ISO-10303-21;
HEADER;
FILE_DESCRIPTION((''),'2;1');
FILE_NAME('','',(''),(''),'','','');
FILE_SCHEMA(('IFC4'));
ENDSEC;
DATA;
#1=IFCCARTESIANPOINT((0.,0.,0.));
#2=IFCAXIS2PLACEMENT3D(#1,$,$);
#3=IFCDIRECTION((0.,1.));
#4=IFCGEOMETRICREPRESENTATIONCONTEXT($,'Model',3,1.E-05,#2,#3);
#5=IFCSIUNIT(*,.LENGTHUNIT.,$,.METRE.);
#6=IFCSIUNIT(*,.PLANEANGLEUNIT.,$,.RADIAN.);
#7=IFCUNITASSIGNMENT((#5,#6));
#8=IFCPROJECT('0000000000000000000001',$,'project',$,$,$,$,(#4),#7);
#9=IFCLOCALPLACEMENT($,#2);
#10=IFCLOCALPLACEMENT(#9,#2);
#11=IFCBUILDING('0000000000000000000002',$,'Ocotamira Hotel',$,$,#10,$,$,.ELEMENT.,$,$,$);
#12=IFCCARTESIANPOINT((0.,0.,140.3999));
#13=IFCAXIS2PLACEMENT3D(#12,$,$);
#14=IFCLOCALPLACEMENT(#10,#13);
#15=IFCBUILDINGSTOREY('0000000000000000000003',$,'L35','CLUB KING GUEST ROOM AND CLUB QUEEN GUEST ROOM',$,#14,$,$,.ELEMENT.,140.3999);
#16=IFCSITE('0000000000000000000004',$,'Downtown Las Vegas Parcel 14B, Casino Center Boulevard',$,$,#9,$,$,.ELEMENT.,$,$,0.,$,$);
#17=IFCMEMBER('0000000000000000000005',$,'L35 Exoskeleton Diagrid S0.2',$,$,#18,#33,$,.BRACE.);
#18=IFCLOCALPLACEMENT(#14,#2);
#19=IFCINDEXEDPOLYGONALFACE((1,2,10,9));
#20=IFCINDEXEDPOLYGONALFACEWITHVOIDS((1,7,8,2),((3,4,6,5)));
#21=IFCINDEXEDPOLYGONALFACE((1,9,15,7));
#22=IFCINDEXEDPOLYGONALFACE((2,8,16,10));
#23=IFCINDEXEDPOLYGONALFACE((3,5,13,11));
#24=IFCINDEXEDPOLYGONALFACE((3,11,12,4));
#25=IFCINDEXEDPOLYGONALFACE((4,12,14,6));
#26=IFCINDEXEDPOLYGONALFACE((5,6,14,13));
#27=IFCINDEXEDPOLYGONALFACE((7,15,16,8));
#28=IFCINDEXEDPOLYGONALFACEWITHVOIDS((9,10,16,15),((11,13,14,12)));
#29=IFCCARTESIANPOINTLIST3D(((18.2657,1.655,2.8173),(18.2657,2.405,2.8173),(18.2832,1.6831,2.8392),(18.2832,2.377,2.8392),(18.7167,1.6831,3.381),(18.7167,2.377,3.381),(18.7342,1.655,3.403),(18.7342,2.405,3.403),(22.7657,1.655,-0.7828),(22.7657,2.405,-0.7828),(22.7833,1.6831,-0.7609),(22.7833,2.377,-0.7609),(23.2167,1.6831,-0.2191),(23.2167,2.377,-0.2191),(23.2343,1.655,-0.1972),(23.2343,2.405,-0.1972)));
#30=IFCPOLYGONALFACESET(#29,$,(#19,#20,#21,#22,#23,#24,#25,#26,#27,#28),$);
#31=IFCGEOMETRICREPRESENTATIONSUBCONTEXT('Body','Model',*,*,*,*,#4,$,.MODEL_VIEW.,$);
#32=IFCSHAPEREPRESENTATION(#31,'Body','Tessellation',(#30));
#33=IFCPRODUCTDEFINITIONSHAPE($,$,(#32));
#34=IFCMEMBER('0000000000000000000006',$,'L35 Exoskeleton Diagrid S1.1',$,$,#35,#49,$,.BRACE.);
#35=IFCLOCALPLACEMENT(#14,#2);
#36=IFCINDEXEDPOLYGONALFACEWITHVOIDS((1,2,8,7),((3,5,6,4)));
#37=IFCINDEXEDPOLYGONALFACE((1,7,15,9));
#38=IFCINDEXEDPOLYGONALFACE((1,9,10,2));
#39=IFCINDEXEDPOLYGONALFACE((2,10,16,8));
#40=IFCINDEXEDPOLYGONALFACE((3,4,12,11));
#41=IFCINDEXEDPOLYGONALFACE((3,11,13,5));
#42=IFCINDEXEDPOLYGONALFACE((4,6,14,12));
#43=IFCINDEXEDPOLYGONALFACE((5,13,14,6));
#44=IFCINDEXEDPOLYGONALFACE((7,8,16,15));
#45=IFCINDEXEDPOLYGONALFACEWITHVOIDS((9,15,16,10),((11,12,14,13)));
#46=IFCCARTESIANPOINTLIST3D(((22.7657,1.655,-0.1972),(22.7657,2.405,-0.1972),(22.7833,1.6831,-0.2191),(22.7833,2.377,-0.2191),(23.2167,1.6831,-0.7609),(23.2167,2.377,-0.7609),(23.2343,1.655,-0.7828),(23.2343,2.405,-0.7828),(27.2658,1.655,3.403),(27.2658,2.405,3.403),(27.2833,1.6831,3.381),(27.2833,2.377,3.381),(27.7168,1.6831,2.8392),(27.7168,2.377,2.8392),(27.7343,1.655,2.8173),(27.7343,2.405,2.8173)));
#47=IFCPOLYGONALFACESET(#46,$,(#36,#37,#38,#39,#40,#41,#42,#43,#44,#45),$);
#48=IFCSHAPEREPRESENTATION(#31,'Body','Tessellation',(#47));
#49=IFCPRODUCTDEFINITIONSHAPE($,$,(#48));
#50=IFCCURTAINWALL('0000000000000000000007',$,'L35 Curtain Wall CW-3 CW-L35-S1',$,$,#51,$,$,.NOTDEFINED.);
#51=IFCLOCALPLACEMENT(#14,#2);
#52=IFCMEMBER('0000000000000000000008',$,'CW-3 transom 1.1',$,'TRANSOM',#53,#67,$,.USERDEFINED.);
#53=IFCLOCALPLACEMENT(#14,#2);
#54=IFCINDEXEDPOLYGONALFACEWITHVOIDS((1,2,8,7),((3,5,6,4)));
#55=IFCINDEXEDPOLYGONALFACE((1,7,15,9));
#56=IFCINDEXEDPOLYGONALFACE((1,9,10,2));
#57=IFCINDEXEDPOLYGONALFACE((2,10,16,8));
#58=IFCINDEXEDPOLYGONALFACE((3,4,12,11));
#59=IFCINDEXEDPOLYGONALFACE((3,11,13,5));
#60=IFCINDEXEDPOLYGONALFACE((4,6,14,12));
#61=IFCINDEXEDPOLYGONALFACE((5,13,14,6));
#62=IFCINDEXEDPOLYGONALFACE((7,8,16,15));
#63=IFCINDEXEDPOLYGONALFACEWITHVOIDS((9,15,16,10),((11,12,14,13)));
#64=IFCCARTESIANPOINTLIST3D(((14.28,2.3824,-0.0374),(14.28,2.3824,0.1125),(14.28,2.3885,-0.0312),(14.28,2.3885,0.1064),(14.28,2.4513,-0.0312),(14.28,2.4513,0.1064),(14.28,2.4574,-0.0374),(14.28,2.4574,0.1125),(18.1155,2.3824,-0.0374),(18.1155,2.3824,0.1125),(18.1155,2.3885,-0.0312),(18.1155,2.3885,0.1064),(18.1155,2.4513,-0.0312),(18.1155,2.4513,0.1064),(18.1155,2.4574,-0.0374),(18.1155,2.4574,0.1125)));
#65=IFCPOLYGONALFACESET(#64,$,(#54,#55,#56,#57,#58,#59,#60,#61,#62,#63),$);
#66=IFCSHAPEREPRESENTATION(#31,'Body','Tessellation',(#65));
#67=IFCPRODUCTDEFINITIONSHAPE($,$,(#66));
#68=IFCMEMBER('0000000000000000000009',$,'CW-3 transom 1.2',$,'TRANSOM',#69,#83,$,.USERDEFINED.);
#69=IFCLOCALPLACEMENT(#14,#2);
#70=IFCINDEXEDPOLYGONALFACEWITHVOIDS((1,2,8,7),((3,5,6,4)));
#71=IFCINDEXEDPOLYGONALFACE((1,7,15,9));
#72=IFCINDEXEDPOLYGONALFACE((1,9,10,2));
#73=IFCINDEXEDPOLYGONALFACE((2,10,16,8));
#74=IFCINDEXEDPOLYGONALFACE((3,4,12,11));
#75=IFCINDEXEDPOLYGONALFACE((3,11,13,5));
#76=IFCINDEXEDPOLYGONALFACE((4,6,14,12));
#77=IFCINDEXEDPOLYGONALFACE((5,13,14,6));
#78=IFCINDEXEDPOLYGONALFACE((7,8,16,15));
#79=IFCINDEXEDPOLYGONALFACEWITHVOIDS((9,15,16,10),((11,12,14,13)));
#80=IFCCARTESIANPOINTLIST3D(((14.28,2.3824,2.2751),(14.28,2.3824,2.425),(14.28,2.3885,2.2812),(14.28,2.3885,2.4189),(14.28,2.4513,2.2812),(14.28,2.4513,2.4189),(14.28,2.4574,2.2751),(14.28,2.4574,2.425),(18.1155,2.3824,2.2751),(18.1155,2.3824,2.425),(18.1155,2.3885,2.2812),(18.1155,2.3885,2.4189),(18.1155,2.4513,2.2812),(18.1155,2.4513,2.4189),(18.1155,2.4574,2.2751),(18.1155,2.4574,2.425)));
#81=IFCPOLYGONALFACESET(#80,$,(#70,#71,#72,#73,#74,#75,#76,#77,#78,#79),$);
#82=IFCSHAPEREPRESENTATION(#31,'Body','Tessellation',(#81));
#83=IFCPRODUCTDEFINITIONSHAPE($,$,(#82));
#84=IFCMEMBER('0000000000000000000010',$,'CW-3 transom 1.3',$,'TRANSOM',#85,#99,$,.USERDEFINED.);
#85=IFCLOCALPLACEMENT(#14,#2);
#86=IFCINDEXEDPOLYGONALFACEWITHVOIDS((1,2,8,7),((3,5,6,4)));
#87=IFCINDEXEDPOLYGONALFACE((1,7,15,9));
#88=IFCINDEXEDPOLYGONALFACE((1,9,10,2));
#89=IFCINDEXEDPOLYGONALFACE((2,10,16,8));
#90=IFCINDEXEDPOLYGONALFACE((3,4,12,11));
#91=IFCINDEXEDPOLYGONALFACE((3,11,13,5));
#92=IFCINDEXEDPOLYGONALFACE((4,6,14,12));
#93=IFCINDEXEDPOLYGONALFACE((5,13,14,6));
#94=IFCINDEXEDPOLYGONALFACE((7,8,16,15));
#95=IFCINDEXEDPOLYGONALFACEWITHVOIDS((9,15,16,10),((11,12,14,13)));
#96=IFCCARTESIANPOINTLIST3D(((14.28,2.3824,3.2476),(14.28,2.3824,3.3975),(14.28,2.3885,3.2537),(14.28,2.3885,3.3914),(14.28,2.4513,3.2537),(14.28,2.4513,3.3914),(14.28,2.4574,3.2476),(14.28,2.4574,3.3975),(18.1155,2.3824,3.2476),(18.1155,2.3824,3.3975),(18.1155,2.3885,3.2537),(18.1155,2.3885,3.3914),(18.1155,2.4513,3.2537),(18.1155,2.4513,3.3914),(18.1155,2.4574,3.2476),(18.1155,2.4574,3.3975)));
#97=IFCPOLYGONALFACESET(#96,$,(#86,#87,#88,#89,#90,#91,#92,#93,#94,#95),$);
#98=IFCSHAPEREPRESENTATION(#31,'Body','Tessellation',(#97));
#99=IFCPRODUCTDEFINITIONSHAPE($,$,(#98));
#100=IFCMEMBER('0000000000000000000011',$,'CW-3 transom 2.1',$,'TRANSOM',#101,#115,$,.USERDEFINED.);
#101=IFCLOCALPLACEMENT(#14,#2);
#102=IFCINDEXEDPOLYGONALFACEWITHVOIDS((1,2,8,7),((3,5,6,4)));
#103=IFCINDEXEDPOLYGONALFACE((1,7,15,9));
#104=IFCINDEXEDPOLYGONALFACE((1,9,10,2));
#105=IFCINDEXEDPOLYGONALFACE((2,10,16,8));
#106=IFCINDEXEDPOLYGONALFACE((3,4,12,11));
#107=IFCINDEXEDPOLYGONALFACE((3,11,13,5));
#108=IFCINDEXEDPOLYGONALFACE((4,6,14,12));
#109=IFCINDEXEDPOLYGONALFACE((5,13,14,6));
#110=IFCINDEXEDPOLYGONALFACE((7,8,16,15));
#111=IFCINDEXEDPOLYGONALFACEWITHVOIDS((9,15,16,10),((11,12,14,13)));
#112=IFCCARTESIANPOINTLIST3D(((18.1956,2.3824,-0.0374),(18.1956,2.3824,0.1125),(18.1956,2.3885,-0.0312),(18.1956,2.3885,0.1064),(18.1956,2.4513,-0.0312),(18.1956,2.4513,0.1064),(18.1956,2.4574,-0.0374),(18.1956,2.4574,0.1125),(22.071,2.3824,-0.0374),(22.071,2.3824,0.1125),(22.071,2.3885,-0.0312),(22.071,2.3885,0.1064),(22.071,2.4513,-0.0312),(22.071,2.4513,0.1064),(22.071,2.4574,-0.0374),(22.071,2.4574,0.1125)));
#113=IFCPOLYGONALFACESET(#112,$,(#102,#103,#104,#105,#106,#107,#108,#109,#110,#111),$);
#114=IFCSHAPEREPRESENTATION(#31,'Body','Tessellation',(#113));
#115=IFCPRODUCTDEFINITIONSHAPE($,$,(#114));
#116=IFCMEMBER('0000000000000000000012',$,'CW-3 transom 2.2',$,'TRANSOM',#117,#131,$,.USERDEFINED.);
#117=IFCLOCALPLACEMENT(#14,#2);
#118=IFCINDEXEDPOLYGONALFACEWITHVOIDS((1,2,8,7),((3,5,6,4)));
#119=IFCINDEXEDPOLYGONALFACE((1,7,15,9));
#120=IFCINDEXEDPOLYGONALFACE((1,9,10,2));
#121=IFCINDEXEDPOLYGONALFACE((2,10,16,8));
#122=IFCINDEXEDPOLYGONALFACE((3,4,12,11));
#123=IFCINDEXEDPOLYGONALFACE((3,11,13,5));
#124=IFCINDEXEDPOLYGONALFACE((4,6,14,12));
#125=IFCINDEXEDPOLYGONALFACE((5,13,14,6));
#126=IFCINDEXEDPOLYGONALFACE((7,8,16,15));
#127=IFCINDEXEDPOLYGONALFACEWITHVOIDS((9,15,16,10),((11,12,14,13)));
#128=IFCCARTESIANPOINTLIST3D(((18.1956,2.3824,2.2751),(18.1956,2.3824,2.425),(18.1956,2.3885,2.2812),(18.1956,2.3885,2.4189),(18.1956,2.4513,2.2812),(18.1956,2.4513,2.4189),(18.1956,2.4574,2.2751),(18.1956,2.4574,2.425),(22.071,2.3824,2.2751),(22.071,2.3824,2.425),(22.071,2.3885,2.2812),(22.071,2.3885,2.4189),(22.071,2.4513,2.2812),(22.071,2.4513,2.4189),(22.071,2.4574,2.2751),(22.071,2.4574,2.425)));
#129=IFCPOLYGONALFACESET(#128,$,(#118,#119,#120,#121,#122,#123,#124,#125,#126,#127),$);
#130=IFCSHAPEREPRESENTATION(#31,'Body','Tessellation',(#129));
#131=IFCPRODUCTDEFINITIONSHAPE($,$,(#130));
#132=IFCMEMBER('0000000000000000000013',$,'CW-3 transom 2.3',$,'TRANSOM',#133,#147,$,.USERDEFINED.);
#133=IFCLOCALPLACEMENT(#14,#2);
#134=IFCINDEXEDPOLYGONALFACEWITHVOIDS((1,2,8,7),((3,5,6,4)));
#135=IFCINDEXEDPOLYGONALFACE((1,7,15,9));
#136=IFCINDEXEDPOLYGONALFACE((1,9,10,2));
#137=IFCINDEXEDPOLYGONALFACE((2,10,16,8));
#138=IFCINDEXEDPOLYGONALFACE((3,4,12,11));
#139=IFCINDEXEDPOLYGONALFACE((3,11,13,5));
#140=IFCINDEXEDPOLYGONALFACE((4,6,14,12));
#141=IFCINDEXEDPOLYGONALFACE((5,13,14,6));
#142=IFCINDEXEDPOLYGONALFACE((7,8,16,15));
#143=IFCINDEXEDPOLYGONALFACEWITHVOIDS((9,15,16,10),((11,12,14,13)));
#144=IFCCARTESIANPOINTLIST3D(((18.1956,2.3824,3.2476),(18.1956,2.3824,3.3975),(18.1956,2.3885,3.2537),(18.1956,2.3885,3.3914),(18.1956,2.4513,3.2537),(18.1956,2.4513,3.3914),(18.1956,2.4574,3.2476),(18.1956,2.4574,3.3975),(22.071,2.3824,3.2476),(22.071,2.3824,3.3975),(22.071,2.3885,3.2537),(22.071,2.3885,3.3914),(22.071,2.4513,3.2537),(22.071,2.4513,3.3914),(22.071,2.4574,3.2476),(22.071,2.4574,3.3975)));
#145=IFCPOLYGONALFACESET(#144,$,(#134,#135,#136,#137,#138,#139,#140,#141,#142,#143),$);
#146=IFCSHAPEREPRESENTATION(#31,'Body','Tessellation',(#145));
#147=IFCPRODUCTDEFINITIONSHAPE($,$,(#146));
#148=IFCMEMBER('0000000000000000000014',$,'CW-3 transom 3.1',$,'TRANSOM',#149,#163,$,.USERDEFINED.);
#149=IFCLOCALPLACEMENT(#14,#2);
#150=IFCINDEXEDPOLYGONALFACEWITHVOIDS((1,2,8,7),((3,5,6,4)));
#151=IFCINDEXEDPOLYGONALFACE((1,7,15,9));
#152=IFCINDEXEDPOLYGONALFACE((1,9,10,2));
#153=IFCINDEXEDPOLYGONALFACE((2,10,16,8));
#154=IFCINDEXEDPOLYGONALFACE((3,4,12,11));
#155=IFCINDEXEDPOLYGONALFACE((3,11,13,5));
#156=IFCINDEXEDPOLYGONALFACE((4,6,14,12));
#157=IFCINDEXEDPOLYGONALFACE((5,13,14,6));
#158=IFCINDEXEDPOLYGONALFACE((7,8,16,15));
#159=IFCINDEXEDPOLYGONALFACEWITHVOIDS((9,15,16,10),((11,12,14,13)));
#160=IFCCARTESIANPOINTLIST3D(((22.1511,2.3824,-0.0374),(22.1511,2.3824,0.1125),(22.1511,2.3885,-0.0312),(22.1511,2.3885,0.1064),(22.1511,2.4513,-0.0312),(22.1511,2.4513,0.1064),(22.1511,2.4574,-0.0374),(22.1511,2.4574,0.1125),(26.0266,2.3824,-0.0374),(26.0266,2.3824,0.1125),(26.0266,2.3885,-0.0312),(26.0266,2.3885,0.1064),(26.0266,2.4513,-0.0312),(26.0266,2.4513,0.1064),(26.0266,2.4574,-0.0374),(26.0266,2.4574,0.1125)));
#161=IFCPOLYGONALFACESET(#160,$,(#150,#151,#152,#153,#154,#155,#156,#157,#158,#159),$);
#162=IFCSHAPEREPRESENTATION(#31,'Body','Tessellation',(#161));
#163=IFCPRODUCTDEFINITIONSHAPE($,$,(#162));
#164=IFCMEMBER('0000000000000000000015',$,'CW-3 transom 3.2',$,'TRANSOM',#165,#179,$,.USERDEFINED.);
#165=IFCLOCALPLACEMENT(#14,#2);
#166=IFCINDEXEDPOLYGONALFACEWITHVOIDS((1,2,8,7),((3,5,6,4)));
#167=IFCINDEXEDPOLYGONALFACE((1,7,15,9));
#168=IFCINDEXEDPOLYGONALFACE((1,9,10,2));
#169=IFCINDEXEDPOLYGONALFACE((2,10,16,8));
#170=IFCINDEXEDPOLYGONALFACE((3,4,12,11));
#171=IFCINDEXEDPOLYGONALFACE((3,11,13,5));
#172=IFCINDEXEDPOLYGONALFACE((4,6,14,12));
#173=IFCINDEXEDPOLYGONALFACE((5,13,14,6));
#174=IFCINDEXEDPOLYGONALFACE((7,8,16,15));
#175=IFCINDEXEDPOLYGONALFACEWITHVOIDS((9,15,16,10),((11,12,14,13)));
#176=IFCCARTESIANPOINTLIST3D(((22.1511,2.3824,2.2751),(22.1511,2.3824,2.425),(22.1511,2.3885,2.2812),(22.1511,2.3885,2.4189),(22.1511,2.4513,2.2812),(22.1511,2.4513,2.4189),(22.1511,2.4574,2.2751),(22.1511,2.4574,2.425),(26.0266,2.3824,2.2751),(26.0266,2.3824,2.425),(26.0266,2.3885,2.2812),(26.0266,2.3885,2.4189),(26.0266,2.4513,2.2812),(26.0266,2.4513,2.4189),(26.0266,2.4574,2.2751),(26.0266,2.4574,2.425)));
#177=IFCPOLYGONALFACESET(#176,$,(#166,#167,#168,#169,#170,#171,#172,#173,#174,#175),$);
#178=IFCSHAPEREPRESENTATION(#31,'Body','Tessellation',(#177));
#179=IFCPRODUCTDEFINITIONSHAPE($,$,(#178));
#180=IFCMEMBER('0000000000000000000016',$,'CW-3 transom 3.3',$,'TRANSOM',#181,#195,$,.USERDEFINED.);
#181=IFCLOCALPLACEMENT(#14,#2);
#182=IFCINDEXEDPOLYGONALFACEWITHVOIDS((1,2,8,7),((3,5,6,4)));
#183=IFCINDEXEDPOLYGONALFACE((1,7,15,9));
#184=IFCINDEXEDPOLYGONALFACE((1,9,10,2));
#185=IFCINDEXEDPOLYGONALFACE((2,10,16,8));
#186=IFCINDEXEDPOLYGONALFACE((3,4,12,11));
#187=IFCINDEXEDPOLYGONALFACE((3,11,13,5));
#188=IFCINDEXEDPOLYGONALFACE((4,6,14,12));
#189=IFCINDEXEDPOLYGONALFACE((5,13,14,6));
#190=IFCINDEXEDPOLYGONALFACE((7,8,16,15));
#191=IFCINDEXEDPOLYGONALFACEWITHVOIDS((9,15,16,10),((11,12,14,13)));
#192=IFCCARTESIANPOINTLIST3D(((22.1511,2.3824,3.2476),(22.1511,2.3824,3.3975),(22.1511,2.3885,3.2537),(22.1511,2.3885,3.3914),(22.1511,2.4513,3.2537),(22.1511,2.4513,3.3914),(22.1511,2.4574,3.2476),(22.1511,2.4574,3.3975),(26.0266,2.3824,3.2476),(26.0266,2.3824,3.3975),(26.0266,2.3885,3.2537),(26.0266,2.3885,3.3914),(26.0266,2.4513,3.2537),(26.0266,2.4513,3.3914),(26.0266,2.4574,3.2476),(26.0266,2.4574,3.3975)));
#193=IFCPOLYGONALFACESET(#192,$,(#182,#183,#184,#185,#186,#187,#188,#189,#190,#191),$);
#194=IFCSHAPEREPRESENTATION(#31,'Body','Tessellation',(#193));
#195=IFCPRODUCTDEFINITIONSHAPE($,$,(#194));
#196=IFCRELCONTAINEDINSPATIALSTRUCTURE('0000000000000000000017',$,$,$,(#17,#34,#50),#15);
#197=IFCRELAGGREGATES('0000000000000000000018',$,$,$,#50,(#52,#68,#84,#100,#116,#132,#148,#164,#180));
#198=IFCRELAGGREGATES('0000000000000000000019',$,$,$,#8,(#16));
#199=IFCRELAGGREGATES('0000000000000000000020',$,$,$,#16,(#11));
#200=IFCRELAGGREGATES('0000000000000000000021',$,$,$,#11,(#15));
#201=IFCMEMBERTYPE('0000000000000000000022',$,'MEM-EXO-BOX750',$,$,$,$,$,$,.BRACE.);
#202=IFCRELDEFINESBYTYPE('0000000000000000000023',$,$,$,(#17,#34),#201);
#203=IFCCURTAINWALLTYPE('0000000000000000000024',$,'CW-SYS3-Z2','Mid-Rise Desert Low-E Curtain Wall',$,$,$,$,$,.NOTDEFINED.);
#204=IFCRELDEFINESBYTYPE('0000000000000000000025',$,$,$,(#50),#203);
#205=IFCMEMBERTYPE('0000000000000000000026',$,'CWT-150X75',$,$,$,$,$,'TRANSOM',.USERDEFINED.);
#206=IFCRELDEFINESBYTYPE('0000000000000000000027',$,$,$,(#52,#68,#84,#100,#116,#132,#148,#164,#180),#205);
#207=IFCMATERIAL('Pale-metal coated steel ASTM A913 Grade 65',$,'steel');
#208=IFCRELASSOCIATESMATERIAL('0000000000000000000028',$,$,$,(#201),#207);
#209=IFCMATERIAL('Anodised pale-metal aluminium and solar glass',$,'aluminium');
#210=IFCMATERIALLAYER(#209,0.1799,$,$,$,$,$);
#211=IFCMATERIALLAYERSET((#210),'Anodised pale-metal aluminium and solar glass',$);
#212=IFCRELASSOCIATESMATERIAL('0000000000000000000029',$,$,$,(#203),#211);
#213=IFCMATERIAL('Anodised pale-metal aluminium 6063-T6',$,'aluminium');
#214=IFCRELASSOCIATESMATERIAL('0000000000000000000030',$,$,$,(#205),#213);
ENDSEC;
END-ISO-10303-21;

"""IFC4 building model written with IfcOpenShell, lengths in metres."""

from ifc_helpers import new_model, si_unit, direction, frame, origin, origin_2d, place, context, subcontext, project, spatial, hollow_rectangle, extrude, source, transform, mapped, material, layer, layer_set, material_profile, profile_set, type_object, element, aggregate, save


model = new_model("IFC4")

# Units and contexts
model_context = context("Model", 3, precision=1e-05, world=origin(), true_north=direction((0.0, 1.0)))
body_context = subcontext(model_context, "Body", "Model", "MODEL_VIEW")
ifc_project = project(units=[si_unit("LENGTHUNIT", "METRE"), si_unit("PLANEANGLEUNIT", "RADIAN")], contexts=[model_context])

# Site, building, storey
site_placement = place(None, origin())
site = spatial("IfcSite", under=ifc_project, at=site_placement, Name="Downtown Las Vegas Parcel 14B, Casino Center Boulevard", CompositionType="ELEMENT", RefElevation=0.0)
building_placement = place(site_placement, origin())
building = spatial("IfcBuilding", under=site, at=building_placement, Name="Ocotamira Hotel", CompositionType="ELEMENT")
storey_placement = place(building_placement, frame((0.0, 0.0, 140.3999)))
storey = spatial("IfcBuildingStorey", under=building, at=storey_placement, Name="L35", Description="CLUB KING GUEST ROOM AND CLUB QUEEN GUEST ROOM", CompositionType="ELEMENT", Elevation=140.3999)

# Members
ifc_material_1 = material(Name="Pale-metal coated steel ASTM A913 Grade 65", Category="steel")
ifc_material_profile_1 = material_profile(ifc_material_1, hollow_rectangle(XDim=0.75, YDim=0.75, WallThickness=0.0281, at=origin_2d()), Name="BOX750X750X28")
ifc_profile_set_1 = profile_set([ifc_material_profile_1], Name="Pale-metal coated steel ASTM A913 Grade 65")
member_type_1 = type_object("IfcMemberType", Name="MEM-EXO-BOX750", PredefinedType="BRACE", material=ifc_profile_set_1)
shared_shape_1 = source(origin(), body_context, "Body", "SweptSolid", [
    extrude(hollow_rectangle(XDim=0.75, YDim=0.75, WallThickness=0.0281, at=origin_2d()), origin(), (0.0, 0.0, 1.0), 5.7629),
])
for number, where, z_axis, x_axis, name in (
    (1, (23.0, 2.03, -0.49), (-0.780861, 0.0, 0.624705), (0.0, -1.0, 0.0), "L35 Exoskeleton Diagrid S0.2"),
    (2, (23.0, 2.03, -0.49), (0.780861, 0.0, 0.624705), (0.0, 1.0, 0.0), "L35 Exoskeleton Diagrid S1.1"),
):
    element("IfcMember", number, at=place(storey_placement, frame(where, z_axis=z_axis, x_axis=x_axis)), inside=storey, type_object=member_type_1, Name=name, PredefinedType="BRACE", context=body_context, shape_type="MappedRepresentation", body=[
        mapped(shared_shape_1, transform((0.0, 0.0, 0.0), scale=1.0)),
    ])

# Curtain wall, members
ifc_material_2 = material(Name="Anodised pale-metal aluminium and solar glass", Category="aluminium")
ifc_layer_1 = layer(ifc_material_2, 0.1799)
ifc_layer_set_1 = layer_set([ifc_layer_1], Name="Anodised pale-metal aluminium and solar glass")
curtain_wall_type = type_object("IfcCurtainWallType", Name="CW-SYS3-Z2", Description="Mid-Rise Desert Low-E Curtain Wall", PredefinedType="NOTDEFINED", material=ifc_layer_set_1)
curtain_wall_placement = place(storey_placement, origin())
curtain_wall = element("IfcCurtainWall", 3, at=curtain_wall_placement, inside=storey, type_object=curtain_wall_type, Name="L35 Curtain Wall CW-3 CW-L35-S1", PredefinedType="NOTDEFINED")
ifc_material_3 = material(Name="Anodised pale-metal aluminium 6063-T6", Category="aluminium")
ifc_material_profile_2 = material_profile(ifc_material_3, hollow_rectangle(XDim=0.075, YDim=0.1499, WallThickness=0.0061, at=origin_2d()), Name="HSS150X75X6")
ifc_profile_set_2 = profile_set([ifc_material_profile_2], Name="Anodised pale-metal aluminium 6063-T6")
member_type_2 = type_object("IfcMemberType", Name="CWT-150X75", ElementType="TRANSOM", PredefinedType="USERDEFINED", material=ifc_profile_set_2)
shared_shape_2 = source(origin(), body_context, "Body", "SweptSolid", [
    extrude(hollow_rectangle(XDim=0.075, YDim=0.1499, WallThickness=0.0061, at=origin_2d()), origin(), (0.0, 0.0, 1.0), 3.8354),
])
member_1_placement = place(storey_placement, frame((14.28, 2.4199, 0.0376), z_axis=(1.0, 0.0, 0.0), x_axis=(0.0, 1.0, 0.0)))
member_1 = element("IfcMember", 4, at=member_1_placement, type_object=member_type_2, Name="CW-3 transom 1.1", ObjectType="TRANSOM", PredefinedType="USERDEFINED", context=body_context, shape_type="MappedRepresentation", body=[
    mapped(shared_shape_2, transform((0.0, 0.0, 0.0), scale=1.0)),
])
member_2_placement = place(storey_placement, frame((14.28, 2.4199, 2.3501), z_axis=(1.0, 0.0, 0.0), x_axis=(0.0, 1.0, 0.0)))
member_2 = element("IfcMember", 5, at=member_2_placement, type_object=member_type_2, Name="CW-3 transom 1.2", ObjectType="TRANSOM", PredefinedType="USERDEFINED", context=body_context, shape_type="MappedRepresentation", body=[
    mapped(shared_shape_2, transform((0.0, 0.0, 0.0), scale=1.0)),
])
member_3_placement = place(storey_placement, frame((14.28, 2.4199, 3.3225), z_axis=(1.0, 0.0, 0.0), x_axis=(0.0, 1.0, 0.0)))
member_3 = element("IfcMember", 6, at=member_3_placement, type_object=member_type_2, Name="CW-3 transom 1.3", ObjectType="TRANSOM", PredefinedType="USERDEFINED", context=body_context, shape_type="MappedRepresentation", body=[
    mapped(shared_shape_2, transform((0.0, 0.0, 0.0), scale=1.0)),
])
shared_shape_3 = source(origin(), body_context, "Body", "SweptSolid", [
    extrude(hollow_rectangle(XDim=0.075, YDim=0.1499, WallThickness=0.0061, at=origin_2d()), origin(), (0.0, 0.0, 1.0), 3.8755),
])
member_4_placement = place(storey_placement, frame((18.1956, 2.4199, 0.0376), z_axis=(1.0, 0.0, 0.0), x_axis=(0.0, 1.0, 0.0)))
member_4 = element("IfcMember", 7, at=member_4_placement, type_object=member_type_2, Name="CW-3 transom 2.1", ObjectType="TRANSOM", PredefinedType="USERDEFINED", context=body_context, shape_type="MappedRepresentation", body=[
    mapped(shared_shape_3, transform((0.0, 0.0, 0.0), scale=1.0)),
])
member_5_placement = place(storey_placement, frame((18.1956, 2.4199, 2.3501), z_axis=(1.0, 0.0, 0.0), x_axis=(0.0, 1.0, 0.0)))
member_5 = element("IfcMember", 8, at=member_5_placement, type_object=member_type_2, Name="CW-3 transom 2.2", ObjectType="TRANSOM", PredefinedType="USERDEFINED", context=body_context, shape_type="MappedRepresentation", body=[
    mapped(shared_shape_3, transform((0.0, 0.0, 0.0), scale=1.0)),
])
member_6_placement = place(storey_placement, frame((18.1956, 2.4199, 3.3225), z_axis=(1.0, 0.0, 0.0), x_axis=(0.0, 1.0, 0.0)))
member_6 = element("IfcMember", 9, at=member_6_placement, type_object=member_type_2, Name="CW-3 transom 2.3", ObjectType="TRANSOM", PredefinedType="USERDEFINED", context=body_context, shape_type="MappedRepresentation", body=[
    mapped(shared_shape_3, transform((0.0, 0.0, 0.0), scale=1.0)),
])
member_7_placement = place(storey_placement, frame((22.1511, 2.4199, 0.0376), z_axis=(1.0, 0.0, 0.0), x_axis=(0.0, 1.0, 0.0)))
member_7 = element("IfcMember", 10, at=member_7_placement, type_object=member_type_2, Name="CW-3 transom 3.1", ObjectType="TRANSOM", PredefinedType="USERDEFINED", context=body_context, shape_type="MappedRepresentation", body=[
    mapped(shared_shape_3, transform((0.0, 0.0, 0.0), scale=1.0)),
])
member_8_placement = place(storey_placement, frame((22.1511, 2.4199, 2.3501), z_axis=(1.0, 0.0, 0.0), x_axis=(0.0, 1.0, 0.0)))
member_8 = element("IfcMember", 11, at=member_8_placement, type_object=member_type_2, Name="CW-3 transom 3.2", ObjectType="TRANSOM", PredefinedType="USERDEFINED", context=body_context, shape_type="MappedRepresentation", body=[
    mapped(shared_shape_3, transform((0.0, 0.0, 0.0), scale=1.0)),
])
member_9_placement = place(storey_placement, frame((22.1511, 2.4199, 3.3225), z_axis=(1.0, 0.0, 0.0), x_axis=(0.0, 1.0, 0.0)))
member_9 = element("IfcMember", 12, at=member_9_placement, type_object=member_type_2, Name="CW-3 transom 3.3", ObjectType="TRANSOM", PredefinedType="USERDEFINED", context=body_context, shape_type="MappedRepresentation", body=[
    mapped(shared_shape_3, transform((0.0, 0.0, 0.0), scale=1.0)),
])

aggregate(curtain_wall, [member_1, member_2, member_3, member_4, member_5, member_6, member_7, member_8, member_9])

save(model, "model.ifc")
